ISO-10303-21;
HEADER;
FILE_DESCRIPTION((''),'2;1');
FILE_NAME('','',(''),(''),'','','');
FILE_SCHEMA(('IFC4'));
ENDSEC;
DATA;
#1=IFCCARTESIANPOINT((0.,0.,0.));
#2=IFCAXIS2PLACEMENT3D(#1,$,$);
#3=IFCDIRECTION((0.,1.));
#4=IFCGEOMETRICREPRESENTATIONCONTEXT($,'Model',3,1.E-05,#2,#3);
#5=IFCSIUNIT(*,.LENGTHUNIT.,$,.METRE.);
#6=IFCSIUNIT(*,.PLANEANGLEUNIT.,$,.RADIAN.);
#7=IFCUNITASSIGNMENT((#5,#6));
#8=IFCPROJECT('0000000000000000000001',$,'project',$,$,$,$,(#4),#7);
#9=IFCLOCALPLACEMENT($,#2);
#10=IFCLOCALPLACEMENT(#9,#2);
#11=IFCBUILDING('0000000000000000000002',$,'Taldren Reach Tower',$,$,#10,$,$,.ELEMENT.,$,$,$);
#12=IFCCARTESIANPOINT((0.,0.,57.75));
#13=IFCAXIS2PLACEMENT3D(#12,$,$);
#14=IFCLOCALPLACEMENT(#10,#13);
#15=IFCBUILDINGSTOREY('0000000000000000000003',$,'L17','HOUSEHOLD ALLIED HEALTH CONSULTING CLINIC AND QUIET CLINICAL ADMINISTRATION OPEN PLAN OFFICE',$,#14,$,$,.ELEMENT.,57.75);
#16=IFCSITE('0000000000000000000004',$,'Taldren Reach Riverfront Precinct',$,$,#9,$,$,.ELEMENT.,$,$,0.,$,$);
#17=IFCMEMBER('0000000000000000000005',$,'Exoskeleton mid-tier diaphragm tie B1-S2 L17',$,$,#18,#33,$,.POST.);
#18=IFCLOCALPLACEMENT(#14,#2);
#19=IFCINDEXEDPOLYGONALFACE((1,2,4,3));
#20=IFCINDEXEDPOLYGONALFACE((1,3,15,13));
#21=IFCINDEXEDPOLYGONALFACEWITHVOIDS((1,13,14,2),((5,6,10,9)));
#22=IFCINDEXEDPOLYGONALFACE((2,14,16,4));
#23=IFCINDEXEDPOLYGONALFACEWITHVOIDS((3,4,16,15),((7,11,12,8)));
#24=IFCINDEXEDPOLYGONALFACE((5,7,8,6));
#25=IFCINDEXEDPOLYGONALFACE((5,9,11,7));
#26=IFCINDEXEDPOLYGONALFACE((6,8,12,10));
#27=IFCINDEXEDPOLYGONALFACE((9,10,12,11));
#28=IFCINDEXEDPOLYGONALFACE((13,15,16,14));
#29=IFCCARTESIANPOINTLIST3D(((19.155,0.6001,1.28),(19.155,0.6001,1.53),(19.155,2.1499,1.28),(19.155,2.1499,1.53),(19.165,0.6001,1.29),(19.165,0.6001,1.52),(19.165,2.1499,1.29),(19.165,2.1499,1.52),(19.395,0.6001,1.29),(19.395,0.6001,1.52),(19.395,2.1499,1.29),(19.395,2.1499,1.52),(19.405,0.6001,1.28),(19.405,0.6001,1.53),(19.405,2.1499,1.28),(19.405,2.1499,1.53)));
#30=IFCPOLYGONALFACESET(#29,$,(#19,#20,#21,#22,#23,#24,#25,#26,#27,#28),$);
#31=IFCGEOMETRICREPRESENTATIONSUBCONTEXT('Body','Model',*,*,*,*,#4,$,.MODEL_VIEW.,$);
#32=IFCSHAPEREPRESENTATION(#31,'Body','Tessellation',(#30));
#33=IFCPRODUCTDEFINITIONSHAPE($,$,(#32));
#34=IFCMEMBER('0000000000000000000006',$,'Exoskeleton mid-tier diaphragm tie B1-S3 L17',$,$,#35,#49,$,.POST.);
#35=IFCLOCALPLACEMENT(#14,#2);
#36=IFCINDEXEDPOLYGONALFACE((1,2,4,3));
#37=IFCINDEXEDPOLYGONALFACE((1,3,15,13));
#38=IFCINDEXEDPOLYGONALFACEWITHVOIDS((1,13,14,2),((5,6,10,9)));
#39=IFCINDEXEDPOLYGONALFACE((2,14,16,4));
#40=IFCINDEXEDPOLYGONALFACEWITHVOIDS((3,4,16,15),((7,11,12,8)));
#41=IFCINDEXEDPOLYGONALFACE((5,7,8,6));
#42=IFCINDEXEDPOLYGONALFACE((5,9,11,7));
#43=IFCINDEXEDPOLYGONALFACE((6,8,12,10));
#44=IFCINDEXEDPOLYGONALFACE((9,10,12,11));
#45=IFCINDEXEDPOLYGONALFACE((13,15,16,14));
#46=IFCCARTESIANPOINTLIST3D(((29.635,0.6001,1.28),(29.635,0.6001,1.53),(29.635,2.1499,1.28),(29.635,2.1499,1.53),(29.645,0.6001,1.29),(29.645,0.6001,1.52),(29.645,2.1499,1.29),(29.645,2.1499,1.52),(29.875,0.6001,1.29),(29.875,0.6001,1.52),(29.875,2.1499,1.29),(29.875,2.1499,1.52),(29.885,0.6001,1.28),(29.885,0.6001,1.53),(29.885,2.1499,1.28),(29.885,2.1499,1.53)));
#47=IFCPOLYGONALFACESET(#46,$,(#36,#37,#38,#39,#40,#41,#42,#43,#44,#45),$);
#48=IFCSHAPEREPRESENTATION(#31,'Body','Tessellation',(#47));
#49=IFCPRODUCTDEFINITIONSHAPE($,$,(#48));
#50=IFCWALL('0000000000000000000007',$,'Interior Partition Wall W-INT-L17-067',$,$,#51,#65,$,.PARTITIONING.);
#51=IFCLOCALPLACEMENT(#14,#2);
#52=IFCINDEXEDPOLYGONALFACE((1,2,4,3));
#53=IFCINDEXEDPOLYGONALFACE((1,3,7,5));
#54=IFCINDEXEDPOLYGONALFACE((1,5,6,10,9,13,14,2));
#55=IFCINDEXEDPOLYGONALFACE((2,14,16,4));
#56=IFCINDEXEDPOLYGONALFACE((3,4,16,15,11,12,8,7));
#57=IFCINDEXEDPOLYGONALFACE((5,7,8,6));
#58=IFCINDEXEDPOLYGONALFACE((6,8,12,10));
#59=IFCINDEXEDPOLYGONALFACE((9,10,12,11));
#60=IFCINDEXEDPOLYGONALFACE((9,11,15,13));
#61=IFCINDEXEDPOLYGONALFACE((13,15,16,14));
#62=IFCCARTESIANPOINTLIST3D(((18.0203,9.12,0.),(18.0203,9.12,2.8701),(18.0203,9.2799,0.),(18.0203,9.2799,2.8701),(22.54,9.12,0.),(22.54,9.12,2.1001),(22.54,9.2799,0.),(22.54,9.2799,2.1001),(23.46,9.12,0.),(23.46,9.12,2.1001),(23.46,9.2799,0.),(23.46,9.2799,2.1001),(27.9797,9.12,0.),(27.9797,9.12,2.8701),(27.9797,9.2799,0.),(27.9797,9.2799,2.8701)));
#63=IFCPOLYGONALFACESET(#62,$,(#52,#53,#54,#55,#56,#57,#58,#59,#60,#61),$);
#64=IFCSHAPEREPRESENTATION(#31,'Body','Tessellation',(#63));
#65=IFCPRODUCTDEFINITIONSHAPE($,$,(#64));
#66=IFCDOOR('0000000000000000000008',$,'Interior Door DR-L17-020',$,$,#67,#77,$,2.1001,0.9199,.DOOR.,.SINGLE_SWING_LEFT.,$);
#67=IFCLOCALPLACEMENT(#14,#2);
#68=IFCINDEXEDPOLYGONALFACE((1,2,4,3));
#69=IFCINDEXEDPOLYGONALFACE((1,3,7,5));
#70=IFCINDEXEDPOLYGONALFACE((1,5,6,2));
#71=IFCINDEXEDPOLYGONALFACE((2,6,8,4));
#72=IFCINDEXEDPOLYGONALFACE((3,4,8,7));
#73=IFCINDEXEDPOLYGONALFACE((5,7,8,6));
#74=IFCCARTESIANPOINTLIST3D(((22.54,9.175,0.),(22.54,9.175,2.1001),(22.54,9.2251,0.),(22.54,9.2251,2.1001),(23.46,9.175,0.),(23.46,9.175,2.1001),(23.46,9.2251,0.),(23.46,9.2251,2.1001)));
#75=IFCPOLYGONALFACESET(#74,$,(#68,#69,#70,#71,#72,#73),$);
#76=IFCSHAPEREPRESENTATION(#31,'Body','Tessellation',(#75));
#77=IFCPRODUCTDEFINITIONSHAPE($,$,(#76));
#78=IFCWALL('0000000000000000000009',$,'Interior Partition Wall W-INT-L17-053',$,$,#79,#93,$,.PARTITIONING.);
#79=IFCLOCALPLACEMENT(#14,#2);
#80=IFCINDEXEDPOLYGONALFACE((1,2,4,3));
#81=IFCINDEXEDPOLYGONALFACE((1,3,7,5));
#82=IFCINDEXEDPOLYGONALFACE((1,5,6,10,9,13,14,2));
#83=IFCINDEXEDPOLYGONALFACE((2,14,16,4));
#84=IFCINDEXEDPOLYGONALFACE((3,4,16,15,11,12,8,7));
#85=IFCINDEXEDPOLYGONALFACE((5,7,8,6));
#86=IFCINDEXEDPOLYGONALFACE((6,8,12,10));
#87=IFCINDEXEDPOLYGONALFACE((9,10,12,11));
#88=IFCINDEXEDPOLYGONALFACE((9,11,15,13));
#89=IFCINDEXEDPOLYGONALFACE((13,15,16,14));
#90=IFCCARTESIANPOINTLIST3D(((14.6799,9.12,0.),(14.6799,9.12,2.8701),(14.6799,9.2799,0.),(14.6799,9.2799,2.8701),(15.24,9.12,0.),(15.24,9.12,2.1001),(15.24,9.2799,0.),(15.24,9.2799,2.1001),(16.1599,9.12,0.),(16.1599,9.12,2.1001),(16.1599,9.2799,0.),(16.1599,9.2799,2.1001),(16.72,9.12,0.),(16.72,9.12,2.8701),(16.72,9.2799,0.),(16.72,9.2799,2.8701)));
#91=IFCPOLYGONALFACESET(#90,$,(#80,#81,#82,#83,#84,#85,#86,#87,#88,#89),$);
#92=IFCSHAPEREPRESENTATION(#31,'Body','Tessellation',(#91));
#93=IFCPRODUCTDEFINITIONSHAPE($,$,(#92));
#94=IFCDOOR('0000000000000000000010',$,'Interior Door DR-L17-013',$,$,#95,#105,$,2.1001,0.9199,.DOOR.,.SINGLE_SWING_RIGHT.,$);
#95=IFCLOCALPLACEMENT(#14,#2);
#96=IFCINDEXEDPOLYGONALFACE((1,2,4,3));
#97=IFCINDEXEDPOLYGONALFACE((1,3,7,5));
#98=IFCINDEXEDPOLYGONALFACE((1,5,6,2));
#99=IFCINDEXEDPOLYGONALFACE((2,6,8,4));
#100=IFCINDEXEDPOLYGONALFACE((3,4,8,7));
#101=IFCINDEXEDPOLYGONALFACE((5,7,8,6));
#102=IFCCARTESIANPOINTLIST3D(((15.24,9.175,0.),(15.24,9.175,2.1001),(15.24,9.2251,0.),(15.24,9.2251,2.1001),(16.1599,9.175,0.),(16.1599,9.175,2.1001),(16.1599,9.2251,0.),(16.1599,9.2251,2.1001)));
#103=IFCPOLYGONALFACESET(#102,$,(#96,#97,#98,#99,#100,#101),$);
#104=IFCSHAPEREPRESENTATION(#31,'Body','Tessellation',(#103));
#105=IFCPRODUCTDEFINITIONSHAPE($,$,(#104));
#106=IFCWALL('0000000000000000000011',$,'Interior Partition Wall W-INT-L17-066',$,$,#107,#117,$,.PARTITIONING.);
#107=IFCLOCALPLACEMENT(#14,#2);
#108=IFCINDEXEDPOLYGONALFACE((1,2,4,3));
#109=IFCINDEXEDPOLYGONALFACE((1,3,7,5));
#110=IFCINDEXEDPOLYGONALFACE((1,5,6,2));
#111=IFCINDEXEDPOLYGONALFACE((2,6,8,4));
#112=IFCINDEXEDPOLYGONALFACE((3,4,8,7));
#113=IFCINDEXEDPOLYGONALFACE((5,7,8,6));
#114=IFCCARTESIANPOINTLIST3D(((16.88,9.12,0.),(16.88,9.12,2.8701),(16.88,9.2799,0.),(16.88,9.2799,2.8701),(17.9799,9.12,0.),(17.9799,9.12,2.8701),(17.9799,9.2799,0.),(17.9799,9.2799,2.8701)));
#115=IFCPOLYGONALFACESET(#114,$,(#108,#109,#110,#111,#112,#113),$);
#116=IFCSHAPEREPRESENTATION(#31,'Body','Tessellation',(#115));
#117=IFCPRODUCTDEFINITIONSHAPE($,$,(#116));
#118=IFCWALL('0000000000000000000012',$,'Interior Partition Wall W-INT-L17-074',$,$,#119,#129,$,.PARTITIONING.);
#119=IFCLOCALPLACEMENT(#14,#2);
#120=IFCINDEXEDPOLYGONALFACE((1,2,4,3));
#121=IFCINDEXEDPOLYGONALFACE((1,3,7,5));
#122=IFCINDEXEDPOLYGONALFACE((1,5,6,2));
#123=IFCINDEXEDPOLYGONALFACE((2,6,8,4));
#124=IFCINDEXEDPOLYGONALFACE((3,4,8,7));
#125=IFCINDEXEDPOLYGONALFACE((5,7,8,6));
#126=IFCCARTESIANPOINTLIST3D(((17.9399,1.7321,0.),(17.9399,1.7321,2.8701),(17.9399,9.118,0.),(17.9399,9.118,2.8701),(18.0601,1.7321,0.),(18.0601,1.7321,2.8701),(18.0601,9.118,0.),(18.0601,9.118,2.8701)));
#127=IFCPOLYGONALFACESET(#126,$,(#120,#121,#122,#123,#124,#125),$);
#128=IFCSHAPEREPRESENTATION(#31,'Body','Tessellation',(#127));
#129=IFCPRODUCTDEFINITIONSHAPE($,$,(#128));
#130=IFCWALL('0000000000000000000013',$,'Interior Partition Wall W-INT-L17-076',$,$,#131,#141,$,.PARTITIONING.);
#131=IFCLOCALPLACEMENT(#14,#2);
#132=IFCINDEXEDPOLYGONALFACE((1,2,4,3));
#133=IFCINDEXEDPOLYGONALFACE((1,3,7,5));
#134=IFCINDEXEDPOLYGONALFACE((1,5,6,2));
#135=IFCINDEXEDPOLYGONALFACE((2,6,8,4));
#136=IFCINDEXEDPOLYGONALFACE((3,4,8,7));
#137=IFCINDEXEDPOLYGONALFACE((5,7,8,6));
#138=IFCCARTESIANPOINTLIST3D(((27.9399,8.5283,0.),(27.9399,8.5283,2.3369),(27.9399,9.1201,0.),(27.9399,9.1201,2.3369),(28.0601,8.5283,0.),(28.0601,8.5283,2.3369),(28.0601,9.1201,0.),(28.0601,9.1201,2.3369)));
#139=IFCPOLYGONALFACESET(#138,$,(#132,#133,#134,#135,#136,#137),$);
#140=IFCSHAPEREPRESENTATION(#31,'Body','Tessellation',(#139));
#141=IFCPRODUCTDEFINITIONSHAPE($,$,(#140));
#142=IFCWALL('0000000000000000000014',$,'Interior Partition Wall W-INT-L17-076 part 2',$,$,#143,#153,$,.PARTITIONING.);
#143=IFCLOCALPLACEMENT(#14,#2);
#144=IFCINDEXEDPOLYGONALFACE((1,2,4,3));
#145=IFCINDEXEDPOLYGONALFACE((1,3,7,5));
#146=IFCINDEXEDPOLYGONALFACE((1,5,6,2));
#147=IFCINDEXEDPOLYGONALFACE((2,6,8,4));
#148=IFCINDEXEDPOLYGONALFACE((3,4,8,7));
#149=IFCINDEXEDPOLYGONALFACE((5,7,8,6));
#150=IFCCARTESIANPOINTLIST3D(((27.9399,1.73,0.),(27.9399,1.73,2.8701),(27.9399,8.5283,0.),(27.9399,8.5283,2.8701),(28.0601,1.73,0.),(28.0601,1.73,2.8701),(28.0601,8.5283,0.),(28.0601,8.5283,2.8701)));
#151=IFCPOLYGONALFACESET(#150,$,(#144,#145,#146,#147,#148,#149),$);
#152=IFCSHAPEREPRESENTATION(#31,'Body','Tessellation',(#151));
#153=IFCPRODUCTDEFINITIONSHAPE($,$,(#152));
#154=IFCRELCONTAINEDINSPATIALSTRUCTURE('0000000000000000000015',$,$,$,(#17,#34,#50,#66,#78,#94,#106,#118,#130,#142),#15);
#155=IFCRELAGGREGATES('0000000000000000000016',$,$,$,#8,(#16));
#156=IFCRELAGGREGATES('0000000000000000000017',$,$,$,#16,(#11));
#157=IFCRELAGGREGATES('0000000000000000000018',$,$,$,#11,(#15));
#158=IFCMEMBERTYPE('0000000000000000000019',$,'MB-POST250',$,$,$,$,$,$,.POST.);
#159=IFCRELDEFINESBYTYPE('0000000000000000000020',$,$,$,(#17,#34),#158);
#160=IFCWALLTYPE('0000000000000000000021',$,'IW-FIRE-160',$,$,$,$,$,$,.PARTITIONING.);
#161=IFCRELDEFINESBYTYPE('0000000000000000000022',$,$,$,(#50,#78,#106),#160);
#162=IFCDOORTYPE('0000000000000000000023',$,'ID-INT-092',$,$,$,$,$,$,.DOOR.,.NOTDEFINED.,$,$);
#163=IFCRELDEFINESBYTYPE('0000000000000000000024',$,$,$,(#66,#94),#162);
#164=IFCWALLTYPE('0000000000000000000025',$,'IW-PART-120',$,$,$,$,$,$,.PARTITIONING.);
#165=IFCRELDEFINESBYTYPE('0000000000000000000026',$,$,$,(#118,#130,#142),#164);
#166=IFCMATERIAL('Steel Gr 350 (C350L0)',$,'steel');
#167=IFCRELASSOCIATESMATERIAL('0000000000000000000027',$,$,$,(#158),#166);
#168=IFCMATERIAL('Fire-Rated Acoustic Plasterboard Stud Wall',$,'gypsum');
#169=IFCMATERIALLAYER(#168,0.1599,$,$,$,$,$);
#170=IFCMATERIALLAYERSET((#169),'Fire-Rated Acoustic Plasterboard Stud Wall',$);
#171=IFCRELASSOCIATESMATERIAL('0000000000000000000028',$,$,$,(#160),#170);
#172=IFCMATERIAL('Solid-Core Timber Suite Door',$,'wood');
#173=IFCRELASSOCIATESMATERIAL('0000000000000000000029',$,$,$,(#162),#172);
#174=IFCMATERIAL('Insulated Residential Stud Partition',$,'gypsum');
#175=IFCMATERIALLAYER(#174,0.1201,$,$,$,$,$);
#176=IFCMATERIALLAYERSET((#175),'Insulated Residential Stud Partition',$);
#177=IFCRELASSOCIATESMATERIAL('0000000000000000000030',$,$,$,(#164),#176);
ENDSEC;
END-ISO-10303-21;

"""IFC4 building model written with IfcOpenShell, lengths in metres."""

from ifc_helpers import new_model, si_unit, direction, frame, frame_2d, origin, origin_2d, place, context, subcontext, project, spatial, rectangle, hollow_rectangle, extrude, source, transform, mapped, material, layer, layer_set, material_profile, profile_set, type_object, element, fill, save


model = new_model("IFC4")

# Units and contexts
model_context = context("Model", 3, precision=1e-05, world=origin(), true_north=direction((0.0, 1.0)))
body_context = subcontext(model_context, "Body", "Model", "MODEL_VIEW")
ifc_project = project(units=[si_unit("LENGTHUNIT", "METRE"), si_unit("PLANEANGLEUNIT", "RADIAN")], contexts=[model_context])

# Site, building, storey
site_placement = place(None, origin())
site = spatial("IfcSite", under=ifc_project, at=site_placement, Name="Taldren Reach Riverfront Precinct", CompositionType="ELEMENT", RefElevation=0.0)
building_placement = place(site_placement, origin())
building = spatial("IfcBuilding", under=site, at=building_placement, Name="Taldren Reach Tower", CompositionType="ELEMENT")
storey_placement = place(building_placement, frame((0.0, 0.0, 57.75)))
storey = spatial("IfcBuildingStorey", under=building, at=storey_placement, Name="L17", Description="HOUSEHOLD ALLIED HEALTH CONSULTING CLINIC AND QUIET CLINICAL ADMINISTRATION OPEN PLAN OFFICE", CompositionType="ELEMENT", Elevation=57.75)

# Members
ifc_material_1 = material(Name="Steel Gr 350 (C350L0)", Category="steel")
ifc_material_profile_1 = material_profile(ifc_material_1, hollow_rectangle(XDim=0.25, YDim=0.25, WallThickness=0.01, at=origin_2d()), Name="250x250x10.0SHS")
ifc_profile_set_1 = profile_set([ifc_material_profile_1], Name="Steel Gr 350 (C350L0)")
member_type_1 = type_object("IfcMemberType", Name="MB-POST250", PredefinedType="POST", material=ifc_profile_set_1)
shared_shape_1 = source(origin(), body_context, "Body", "SweptSolid", [
    extrude(hollow_rectangle(XDim=0.25, YDim=0.25, WallThickness=0.01, at=origin_2d()), origin(), (0.0, 0.0, 1.0), 1.5498),
])
for number, where, z_axis, x_axis, name in (
    (1, (19.28, 2.1499, 1.405), (0.0, -1.0, 0.0), (1.0, 0.0, 0.0), "Exoskeleton mid-tier diaphragm tie B1-S2 L17"),
    (2, (29.76, 2.1499, 1.405), (0.0, -1.0, 0.0), (1.0, 0.0, 0.0), "Exoskeleton mid-tier diaphragm tie B1-S3 L17"),
):
    element("IfcMember", number, at=place(storey_placement, frame(where, z_axis=z_axis, x_axis=x_axis)), inside=storey, type_object=member_type_1, Name=name, PredefinedType="POST", context=body_context, shape_type="MappedRepresentation", body=[
        mapped(shared_shape_1, transform((0.0, 0.0, 0.0), scale=1.0)),
    ])

# Walls, openings, doors
ifc_material_2 = material(Name="Fire-Rated Acoustic Plasterboard Stud Wall", Category="gypsum")
ifc_layer_1 = layer(ifc_material_2, 0.1599)
ifc_layer_set_1 = layer_set([ifc_layer_1], Name="Fire-Rated Acoustic Plasterboard Stud Wall")
wall_type_1 = type_object("IfcWallType", Name="IW-FIRE-160", PredefinedType="PARTITIONING", material=ifc_layer_set_1)
shared_shape_2 = source(origin(), body_context, "Body", "SweptSolid", [
    extrude(rectangle(XDim=9.9595, YDim=0.1599, at=frame_2d((4.9797, 0.0))), origin(), (0.0, 0.0, 1.0), 2.8701),
])
wall_1_placement = place(storey_placement, frame((27.9797, 9.2, 0.0), z_axis=(0.0, 0.0, 1.0), x_axis=(-1.0, 0.0, 0.0)))
wall_1 = element("IfcWall", 3, at=wall_1_placement, inside=storey, type_object=wall_type_1, Name="Interior Partition Wall W-INT-L17-067", PredefinedType="PARTITIONING", context=body_context, shape_type="MappedRepresentation", body=[
    mapped(shared_shape_2, transform((0.0, 0.0, 0.0), scale=1.0)),
])
shared_shape_3 = source(origin(), body_context, "Body", "SweptSolid", [
    extrude(rectangle(XDim=0.9199, YDim=2.1001, at=frame_2d((0.46, 1.05))), frame((0.0, 0.0898, 0.0), z_axis=(0.0, -1.0, 0.0), x_axis=(1.0, 0.0, 0.0)), (0.0, 0.0, 1.0), 0.1799),
])
opening_1_placement = place(wall_1_placement, frame((4.5198, 0.0, 0.0)))
opening_1 = element("IfcOpeningElement", 4, at=opening_1_placement, cuts=wall_1, PredefinedType="OPENING", context=body_context, shape_type="MappedRepresentation", body=[
    mapped(shared_shape_3, transform((0.0, 0.0, 0.0), scale=1.0)),
])
ifc_material_3 = material(Name="Solid-Core Timber Suite Door", Category="wood")
door_type = type_object("IfcDoorType", Name="ID-INT-092", OperationType="NOTDEFINED", PredefinedType="DOOR", material=ifc_material_3)
shared_shape_4 = source(origin(), body_context, "Body", "SweptSolid", [
    extrude(rectangle(XDim=0.9199, YDim=2.1001, at=frame_2d((0.46, 1.05))), frame((0.0, 0.0249, 0.0), z_axis=(0.0, -1.0, 0.0), x_axis=(1.0, 0.0, 0.0)), (0.0, 0.0, 1.0), 0.05),
])
door_1_placement = place(opening_1_placement, origin())
door_1 = element("IfcDoor", 5, at=door_1_placement, inside=storey, type_object=door_type, Name="Interior Door DR-L17-020", OperationType="SINGLE_SWING_LEFT", OverallHeight=2.1001, OverallWidth=0.9199, PredefinedType="DOOR", context=body_context, shape_type="MappedRepresentation", body=[
    mapped(shared_shape_4, transform((0.0, 0.0, 0.0), scale=1.0)),
])
fill(opening_1, door_1)
shared_shape_5 = source(origin(), body_context, "Body", "SweptSolid", [
    extrude(rectangle(XDim=2.04, YDim=0.1599, at=frame_2d((1.02, 0.0))), origin(), (0.0, 0.0, 1.0), 2.8701),
])
wall_2_placement = place(storey_placement, frame((16.72, 9.2, 0.0), z_axis=(0.0, 0.0, 1.0), x_axis=(-1.0, 0.0, 0.0)))
wall_2 = element("IfcWall", 6, at=wall_2_placement, inside=storey, type_object=wall_type_1, Name="Interior Partition Wall W-INT-L17-053", PredefinedType="PARTITIONING", context=body_context, shape_type="MappedRepresentation", body=[
    mapped(shared_shape_5, transform((0.0, 0.0, 0.0), scale=1.0)),
])
opening_2_placement = place(wall_2_placement, frame((0.5601, 0.0, 0.0)))
opening_2 = element("IfcOpeningElement", 7, at=opening_2_placement, cuts=wall_2, PredefinedType="OPENING", context=body_context, shape_type="MappedRepresentation", body=[
    mapped(shared_shape_3, transform((0.0, 0.0, 0.0), scale=1.0)),
])
door_2_placement = place(opening_2_placement, origin())
door_2 = element("IfcDoor", 8, at=door_2_placement, inside=storey, type_object=door_type, Name="Interior Door DR-L17-013", OperationType="SINGLE_SWING_RIGHT", OverallHeight=2.1001, OverallWidth=0.9199, PredefinedType="DOOR", context=body_context, shape_type="MappedRepresentation", body=[
    mapped(shared_shape_4, transform((0.0, 0.0, 0.0), scale=1.0)),
])
fill(opening_2, door_2)

# Walls
shared_shape_6 = source(origin(), body_context, "Body", "SweptSolid", [
    extrude(rectangle(XDim=1.0999, YDim=0.1599, at=frame_2d((0.5498, 0.0))), origin(), (0.0, 0.0, 1.0), 2.8701),
])
wall_3_placement = place(storey_placement, frame((17.9797, 9.2, 0.0), z_axis=(0.0, 0.0, 1.0), x_axis=(-1.0, 0.0, 0.0)))
element("IfcWall", 9, at=wall_3_placement, inside=storey, type_object=wall_type_1, Name="Interior Partition Wall W-INT-L17-066", PredefinedType="PARTITIONING", context=body_context, shape_type="MappedRepresentation", body=[
    mapped(shared_shape_6, transform((0.0, 0.0, 0.0), scale=1.0)),
])
ifc_material_4 = material(Name="Insulated Residential Stud Partition", Category="gypsum")
ifc_layer_2 = layer(ifc_material_4, 0.1201)
ifc_layer_set_2 = layer_set([ifc_layer_2], Name="Insulated Residential Stud Partition")
wall_type_2 = type_object("IfcWallType", Name="IW-PART-120", PredefinedType="PARTITIONING", material=ifc_layer_set_2)
shared_shape_7 = source(origin(), body_context, "Body", "SweptSolid", [
    extrude(rectangle(XDim=7.386, YDim=0.1201, at=frame_2d((3.6929, 0.0))), origin(), (0.0, 0.0, 1.0), 2.8701),
])
wall_4_placement = place(storey_placement, frame((18.0, 9.1179, 0.0), z_axis=(0.0, 0.0, 1.0), x_axis=(0.0, -1.0, 0.0)))
element("IfcWall", 10, at=wall_4_placement, inside=storey, type_object=wall_type_2, Name="Interior Partition Wall W-INT-L17-074", PredefinedType="PARTITIONING", context=body_context, shape_type="MappedRepresentation", body=[
    mapped(shared_shape_7, transform((0.0, 0.0, 0.0), scale=1.0)),
])
shared_shape_8 = source(origin(), body_context, "Body", "SweptSolid", [
    extrude(rectangle(XDim=0.5918, YDim=0.1201, at=frame_2d((0.2959, 0.0))), origin(), (0.0, 0.0, 1.0), 2.3369),
])
wall_5_placement = place(storey_placement, frame((28.0, 9.1201, 0.0), z_axis=(0.0, 0.0, 1.0), x_axis=(0.0, -1.0, 0.0)))
element("IfcWall", 11, at=wall_5_placement, inside=storey, type_object=wall_type_2, Name="Interior Partition Wall W-INT-L17-076", PredefinedType="PARTITIONING", context=body_context, shape_type="MappedRepresentation", body=[
    mapped(shared_shape_8, transform((0.0, 0.0, 0.0), scale=1.0)),
])
shared_shape_9 = source(origin(), body_context, "Body", "SweptSolid", [
    extrude(rectangle(XDim=6.7983, YDim=0.1201, at=frame_2d((3.3992, 0.0))), origin(), (0.0, 0.0, 1.0), 2.8701),
])
wall_6_placement = place(storey_placement, frame((28.0, 8.5283, 0.0), z_axis=(0.0, 0.0, 1.0), x_axis=(0.0, -1.0, 0.0)))
element("IfcWall", 12, at=wall_6_placement, inside=storey, type_object=wall_type_2, Name="Interior Partition Wall W-INT-L17-076 part 2", PredefinedType="PARTITIONING", context=body_context, shape_type="MappedRepresentation", body=[
    mapped(shared_shape_9, transform((0.0, 0.0, 0.0), scale=1.0)),
])

save(model, "model.ifc")
